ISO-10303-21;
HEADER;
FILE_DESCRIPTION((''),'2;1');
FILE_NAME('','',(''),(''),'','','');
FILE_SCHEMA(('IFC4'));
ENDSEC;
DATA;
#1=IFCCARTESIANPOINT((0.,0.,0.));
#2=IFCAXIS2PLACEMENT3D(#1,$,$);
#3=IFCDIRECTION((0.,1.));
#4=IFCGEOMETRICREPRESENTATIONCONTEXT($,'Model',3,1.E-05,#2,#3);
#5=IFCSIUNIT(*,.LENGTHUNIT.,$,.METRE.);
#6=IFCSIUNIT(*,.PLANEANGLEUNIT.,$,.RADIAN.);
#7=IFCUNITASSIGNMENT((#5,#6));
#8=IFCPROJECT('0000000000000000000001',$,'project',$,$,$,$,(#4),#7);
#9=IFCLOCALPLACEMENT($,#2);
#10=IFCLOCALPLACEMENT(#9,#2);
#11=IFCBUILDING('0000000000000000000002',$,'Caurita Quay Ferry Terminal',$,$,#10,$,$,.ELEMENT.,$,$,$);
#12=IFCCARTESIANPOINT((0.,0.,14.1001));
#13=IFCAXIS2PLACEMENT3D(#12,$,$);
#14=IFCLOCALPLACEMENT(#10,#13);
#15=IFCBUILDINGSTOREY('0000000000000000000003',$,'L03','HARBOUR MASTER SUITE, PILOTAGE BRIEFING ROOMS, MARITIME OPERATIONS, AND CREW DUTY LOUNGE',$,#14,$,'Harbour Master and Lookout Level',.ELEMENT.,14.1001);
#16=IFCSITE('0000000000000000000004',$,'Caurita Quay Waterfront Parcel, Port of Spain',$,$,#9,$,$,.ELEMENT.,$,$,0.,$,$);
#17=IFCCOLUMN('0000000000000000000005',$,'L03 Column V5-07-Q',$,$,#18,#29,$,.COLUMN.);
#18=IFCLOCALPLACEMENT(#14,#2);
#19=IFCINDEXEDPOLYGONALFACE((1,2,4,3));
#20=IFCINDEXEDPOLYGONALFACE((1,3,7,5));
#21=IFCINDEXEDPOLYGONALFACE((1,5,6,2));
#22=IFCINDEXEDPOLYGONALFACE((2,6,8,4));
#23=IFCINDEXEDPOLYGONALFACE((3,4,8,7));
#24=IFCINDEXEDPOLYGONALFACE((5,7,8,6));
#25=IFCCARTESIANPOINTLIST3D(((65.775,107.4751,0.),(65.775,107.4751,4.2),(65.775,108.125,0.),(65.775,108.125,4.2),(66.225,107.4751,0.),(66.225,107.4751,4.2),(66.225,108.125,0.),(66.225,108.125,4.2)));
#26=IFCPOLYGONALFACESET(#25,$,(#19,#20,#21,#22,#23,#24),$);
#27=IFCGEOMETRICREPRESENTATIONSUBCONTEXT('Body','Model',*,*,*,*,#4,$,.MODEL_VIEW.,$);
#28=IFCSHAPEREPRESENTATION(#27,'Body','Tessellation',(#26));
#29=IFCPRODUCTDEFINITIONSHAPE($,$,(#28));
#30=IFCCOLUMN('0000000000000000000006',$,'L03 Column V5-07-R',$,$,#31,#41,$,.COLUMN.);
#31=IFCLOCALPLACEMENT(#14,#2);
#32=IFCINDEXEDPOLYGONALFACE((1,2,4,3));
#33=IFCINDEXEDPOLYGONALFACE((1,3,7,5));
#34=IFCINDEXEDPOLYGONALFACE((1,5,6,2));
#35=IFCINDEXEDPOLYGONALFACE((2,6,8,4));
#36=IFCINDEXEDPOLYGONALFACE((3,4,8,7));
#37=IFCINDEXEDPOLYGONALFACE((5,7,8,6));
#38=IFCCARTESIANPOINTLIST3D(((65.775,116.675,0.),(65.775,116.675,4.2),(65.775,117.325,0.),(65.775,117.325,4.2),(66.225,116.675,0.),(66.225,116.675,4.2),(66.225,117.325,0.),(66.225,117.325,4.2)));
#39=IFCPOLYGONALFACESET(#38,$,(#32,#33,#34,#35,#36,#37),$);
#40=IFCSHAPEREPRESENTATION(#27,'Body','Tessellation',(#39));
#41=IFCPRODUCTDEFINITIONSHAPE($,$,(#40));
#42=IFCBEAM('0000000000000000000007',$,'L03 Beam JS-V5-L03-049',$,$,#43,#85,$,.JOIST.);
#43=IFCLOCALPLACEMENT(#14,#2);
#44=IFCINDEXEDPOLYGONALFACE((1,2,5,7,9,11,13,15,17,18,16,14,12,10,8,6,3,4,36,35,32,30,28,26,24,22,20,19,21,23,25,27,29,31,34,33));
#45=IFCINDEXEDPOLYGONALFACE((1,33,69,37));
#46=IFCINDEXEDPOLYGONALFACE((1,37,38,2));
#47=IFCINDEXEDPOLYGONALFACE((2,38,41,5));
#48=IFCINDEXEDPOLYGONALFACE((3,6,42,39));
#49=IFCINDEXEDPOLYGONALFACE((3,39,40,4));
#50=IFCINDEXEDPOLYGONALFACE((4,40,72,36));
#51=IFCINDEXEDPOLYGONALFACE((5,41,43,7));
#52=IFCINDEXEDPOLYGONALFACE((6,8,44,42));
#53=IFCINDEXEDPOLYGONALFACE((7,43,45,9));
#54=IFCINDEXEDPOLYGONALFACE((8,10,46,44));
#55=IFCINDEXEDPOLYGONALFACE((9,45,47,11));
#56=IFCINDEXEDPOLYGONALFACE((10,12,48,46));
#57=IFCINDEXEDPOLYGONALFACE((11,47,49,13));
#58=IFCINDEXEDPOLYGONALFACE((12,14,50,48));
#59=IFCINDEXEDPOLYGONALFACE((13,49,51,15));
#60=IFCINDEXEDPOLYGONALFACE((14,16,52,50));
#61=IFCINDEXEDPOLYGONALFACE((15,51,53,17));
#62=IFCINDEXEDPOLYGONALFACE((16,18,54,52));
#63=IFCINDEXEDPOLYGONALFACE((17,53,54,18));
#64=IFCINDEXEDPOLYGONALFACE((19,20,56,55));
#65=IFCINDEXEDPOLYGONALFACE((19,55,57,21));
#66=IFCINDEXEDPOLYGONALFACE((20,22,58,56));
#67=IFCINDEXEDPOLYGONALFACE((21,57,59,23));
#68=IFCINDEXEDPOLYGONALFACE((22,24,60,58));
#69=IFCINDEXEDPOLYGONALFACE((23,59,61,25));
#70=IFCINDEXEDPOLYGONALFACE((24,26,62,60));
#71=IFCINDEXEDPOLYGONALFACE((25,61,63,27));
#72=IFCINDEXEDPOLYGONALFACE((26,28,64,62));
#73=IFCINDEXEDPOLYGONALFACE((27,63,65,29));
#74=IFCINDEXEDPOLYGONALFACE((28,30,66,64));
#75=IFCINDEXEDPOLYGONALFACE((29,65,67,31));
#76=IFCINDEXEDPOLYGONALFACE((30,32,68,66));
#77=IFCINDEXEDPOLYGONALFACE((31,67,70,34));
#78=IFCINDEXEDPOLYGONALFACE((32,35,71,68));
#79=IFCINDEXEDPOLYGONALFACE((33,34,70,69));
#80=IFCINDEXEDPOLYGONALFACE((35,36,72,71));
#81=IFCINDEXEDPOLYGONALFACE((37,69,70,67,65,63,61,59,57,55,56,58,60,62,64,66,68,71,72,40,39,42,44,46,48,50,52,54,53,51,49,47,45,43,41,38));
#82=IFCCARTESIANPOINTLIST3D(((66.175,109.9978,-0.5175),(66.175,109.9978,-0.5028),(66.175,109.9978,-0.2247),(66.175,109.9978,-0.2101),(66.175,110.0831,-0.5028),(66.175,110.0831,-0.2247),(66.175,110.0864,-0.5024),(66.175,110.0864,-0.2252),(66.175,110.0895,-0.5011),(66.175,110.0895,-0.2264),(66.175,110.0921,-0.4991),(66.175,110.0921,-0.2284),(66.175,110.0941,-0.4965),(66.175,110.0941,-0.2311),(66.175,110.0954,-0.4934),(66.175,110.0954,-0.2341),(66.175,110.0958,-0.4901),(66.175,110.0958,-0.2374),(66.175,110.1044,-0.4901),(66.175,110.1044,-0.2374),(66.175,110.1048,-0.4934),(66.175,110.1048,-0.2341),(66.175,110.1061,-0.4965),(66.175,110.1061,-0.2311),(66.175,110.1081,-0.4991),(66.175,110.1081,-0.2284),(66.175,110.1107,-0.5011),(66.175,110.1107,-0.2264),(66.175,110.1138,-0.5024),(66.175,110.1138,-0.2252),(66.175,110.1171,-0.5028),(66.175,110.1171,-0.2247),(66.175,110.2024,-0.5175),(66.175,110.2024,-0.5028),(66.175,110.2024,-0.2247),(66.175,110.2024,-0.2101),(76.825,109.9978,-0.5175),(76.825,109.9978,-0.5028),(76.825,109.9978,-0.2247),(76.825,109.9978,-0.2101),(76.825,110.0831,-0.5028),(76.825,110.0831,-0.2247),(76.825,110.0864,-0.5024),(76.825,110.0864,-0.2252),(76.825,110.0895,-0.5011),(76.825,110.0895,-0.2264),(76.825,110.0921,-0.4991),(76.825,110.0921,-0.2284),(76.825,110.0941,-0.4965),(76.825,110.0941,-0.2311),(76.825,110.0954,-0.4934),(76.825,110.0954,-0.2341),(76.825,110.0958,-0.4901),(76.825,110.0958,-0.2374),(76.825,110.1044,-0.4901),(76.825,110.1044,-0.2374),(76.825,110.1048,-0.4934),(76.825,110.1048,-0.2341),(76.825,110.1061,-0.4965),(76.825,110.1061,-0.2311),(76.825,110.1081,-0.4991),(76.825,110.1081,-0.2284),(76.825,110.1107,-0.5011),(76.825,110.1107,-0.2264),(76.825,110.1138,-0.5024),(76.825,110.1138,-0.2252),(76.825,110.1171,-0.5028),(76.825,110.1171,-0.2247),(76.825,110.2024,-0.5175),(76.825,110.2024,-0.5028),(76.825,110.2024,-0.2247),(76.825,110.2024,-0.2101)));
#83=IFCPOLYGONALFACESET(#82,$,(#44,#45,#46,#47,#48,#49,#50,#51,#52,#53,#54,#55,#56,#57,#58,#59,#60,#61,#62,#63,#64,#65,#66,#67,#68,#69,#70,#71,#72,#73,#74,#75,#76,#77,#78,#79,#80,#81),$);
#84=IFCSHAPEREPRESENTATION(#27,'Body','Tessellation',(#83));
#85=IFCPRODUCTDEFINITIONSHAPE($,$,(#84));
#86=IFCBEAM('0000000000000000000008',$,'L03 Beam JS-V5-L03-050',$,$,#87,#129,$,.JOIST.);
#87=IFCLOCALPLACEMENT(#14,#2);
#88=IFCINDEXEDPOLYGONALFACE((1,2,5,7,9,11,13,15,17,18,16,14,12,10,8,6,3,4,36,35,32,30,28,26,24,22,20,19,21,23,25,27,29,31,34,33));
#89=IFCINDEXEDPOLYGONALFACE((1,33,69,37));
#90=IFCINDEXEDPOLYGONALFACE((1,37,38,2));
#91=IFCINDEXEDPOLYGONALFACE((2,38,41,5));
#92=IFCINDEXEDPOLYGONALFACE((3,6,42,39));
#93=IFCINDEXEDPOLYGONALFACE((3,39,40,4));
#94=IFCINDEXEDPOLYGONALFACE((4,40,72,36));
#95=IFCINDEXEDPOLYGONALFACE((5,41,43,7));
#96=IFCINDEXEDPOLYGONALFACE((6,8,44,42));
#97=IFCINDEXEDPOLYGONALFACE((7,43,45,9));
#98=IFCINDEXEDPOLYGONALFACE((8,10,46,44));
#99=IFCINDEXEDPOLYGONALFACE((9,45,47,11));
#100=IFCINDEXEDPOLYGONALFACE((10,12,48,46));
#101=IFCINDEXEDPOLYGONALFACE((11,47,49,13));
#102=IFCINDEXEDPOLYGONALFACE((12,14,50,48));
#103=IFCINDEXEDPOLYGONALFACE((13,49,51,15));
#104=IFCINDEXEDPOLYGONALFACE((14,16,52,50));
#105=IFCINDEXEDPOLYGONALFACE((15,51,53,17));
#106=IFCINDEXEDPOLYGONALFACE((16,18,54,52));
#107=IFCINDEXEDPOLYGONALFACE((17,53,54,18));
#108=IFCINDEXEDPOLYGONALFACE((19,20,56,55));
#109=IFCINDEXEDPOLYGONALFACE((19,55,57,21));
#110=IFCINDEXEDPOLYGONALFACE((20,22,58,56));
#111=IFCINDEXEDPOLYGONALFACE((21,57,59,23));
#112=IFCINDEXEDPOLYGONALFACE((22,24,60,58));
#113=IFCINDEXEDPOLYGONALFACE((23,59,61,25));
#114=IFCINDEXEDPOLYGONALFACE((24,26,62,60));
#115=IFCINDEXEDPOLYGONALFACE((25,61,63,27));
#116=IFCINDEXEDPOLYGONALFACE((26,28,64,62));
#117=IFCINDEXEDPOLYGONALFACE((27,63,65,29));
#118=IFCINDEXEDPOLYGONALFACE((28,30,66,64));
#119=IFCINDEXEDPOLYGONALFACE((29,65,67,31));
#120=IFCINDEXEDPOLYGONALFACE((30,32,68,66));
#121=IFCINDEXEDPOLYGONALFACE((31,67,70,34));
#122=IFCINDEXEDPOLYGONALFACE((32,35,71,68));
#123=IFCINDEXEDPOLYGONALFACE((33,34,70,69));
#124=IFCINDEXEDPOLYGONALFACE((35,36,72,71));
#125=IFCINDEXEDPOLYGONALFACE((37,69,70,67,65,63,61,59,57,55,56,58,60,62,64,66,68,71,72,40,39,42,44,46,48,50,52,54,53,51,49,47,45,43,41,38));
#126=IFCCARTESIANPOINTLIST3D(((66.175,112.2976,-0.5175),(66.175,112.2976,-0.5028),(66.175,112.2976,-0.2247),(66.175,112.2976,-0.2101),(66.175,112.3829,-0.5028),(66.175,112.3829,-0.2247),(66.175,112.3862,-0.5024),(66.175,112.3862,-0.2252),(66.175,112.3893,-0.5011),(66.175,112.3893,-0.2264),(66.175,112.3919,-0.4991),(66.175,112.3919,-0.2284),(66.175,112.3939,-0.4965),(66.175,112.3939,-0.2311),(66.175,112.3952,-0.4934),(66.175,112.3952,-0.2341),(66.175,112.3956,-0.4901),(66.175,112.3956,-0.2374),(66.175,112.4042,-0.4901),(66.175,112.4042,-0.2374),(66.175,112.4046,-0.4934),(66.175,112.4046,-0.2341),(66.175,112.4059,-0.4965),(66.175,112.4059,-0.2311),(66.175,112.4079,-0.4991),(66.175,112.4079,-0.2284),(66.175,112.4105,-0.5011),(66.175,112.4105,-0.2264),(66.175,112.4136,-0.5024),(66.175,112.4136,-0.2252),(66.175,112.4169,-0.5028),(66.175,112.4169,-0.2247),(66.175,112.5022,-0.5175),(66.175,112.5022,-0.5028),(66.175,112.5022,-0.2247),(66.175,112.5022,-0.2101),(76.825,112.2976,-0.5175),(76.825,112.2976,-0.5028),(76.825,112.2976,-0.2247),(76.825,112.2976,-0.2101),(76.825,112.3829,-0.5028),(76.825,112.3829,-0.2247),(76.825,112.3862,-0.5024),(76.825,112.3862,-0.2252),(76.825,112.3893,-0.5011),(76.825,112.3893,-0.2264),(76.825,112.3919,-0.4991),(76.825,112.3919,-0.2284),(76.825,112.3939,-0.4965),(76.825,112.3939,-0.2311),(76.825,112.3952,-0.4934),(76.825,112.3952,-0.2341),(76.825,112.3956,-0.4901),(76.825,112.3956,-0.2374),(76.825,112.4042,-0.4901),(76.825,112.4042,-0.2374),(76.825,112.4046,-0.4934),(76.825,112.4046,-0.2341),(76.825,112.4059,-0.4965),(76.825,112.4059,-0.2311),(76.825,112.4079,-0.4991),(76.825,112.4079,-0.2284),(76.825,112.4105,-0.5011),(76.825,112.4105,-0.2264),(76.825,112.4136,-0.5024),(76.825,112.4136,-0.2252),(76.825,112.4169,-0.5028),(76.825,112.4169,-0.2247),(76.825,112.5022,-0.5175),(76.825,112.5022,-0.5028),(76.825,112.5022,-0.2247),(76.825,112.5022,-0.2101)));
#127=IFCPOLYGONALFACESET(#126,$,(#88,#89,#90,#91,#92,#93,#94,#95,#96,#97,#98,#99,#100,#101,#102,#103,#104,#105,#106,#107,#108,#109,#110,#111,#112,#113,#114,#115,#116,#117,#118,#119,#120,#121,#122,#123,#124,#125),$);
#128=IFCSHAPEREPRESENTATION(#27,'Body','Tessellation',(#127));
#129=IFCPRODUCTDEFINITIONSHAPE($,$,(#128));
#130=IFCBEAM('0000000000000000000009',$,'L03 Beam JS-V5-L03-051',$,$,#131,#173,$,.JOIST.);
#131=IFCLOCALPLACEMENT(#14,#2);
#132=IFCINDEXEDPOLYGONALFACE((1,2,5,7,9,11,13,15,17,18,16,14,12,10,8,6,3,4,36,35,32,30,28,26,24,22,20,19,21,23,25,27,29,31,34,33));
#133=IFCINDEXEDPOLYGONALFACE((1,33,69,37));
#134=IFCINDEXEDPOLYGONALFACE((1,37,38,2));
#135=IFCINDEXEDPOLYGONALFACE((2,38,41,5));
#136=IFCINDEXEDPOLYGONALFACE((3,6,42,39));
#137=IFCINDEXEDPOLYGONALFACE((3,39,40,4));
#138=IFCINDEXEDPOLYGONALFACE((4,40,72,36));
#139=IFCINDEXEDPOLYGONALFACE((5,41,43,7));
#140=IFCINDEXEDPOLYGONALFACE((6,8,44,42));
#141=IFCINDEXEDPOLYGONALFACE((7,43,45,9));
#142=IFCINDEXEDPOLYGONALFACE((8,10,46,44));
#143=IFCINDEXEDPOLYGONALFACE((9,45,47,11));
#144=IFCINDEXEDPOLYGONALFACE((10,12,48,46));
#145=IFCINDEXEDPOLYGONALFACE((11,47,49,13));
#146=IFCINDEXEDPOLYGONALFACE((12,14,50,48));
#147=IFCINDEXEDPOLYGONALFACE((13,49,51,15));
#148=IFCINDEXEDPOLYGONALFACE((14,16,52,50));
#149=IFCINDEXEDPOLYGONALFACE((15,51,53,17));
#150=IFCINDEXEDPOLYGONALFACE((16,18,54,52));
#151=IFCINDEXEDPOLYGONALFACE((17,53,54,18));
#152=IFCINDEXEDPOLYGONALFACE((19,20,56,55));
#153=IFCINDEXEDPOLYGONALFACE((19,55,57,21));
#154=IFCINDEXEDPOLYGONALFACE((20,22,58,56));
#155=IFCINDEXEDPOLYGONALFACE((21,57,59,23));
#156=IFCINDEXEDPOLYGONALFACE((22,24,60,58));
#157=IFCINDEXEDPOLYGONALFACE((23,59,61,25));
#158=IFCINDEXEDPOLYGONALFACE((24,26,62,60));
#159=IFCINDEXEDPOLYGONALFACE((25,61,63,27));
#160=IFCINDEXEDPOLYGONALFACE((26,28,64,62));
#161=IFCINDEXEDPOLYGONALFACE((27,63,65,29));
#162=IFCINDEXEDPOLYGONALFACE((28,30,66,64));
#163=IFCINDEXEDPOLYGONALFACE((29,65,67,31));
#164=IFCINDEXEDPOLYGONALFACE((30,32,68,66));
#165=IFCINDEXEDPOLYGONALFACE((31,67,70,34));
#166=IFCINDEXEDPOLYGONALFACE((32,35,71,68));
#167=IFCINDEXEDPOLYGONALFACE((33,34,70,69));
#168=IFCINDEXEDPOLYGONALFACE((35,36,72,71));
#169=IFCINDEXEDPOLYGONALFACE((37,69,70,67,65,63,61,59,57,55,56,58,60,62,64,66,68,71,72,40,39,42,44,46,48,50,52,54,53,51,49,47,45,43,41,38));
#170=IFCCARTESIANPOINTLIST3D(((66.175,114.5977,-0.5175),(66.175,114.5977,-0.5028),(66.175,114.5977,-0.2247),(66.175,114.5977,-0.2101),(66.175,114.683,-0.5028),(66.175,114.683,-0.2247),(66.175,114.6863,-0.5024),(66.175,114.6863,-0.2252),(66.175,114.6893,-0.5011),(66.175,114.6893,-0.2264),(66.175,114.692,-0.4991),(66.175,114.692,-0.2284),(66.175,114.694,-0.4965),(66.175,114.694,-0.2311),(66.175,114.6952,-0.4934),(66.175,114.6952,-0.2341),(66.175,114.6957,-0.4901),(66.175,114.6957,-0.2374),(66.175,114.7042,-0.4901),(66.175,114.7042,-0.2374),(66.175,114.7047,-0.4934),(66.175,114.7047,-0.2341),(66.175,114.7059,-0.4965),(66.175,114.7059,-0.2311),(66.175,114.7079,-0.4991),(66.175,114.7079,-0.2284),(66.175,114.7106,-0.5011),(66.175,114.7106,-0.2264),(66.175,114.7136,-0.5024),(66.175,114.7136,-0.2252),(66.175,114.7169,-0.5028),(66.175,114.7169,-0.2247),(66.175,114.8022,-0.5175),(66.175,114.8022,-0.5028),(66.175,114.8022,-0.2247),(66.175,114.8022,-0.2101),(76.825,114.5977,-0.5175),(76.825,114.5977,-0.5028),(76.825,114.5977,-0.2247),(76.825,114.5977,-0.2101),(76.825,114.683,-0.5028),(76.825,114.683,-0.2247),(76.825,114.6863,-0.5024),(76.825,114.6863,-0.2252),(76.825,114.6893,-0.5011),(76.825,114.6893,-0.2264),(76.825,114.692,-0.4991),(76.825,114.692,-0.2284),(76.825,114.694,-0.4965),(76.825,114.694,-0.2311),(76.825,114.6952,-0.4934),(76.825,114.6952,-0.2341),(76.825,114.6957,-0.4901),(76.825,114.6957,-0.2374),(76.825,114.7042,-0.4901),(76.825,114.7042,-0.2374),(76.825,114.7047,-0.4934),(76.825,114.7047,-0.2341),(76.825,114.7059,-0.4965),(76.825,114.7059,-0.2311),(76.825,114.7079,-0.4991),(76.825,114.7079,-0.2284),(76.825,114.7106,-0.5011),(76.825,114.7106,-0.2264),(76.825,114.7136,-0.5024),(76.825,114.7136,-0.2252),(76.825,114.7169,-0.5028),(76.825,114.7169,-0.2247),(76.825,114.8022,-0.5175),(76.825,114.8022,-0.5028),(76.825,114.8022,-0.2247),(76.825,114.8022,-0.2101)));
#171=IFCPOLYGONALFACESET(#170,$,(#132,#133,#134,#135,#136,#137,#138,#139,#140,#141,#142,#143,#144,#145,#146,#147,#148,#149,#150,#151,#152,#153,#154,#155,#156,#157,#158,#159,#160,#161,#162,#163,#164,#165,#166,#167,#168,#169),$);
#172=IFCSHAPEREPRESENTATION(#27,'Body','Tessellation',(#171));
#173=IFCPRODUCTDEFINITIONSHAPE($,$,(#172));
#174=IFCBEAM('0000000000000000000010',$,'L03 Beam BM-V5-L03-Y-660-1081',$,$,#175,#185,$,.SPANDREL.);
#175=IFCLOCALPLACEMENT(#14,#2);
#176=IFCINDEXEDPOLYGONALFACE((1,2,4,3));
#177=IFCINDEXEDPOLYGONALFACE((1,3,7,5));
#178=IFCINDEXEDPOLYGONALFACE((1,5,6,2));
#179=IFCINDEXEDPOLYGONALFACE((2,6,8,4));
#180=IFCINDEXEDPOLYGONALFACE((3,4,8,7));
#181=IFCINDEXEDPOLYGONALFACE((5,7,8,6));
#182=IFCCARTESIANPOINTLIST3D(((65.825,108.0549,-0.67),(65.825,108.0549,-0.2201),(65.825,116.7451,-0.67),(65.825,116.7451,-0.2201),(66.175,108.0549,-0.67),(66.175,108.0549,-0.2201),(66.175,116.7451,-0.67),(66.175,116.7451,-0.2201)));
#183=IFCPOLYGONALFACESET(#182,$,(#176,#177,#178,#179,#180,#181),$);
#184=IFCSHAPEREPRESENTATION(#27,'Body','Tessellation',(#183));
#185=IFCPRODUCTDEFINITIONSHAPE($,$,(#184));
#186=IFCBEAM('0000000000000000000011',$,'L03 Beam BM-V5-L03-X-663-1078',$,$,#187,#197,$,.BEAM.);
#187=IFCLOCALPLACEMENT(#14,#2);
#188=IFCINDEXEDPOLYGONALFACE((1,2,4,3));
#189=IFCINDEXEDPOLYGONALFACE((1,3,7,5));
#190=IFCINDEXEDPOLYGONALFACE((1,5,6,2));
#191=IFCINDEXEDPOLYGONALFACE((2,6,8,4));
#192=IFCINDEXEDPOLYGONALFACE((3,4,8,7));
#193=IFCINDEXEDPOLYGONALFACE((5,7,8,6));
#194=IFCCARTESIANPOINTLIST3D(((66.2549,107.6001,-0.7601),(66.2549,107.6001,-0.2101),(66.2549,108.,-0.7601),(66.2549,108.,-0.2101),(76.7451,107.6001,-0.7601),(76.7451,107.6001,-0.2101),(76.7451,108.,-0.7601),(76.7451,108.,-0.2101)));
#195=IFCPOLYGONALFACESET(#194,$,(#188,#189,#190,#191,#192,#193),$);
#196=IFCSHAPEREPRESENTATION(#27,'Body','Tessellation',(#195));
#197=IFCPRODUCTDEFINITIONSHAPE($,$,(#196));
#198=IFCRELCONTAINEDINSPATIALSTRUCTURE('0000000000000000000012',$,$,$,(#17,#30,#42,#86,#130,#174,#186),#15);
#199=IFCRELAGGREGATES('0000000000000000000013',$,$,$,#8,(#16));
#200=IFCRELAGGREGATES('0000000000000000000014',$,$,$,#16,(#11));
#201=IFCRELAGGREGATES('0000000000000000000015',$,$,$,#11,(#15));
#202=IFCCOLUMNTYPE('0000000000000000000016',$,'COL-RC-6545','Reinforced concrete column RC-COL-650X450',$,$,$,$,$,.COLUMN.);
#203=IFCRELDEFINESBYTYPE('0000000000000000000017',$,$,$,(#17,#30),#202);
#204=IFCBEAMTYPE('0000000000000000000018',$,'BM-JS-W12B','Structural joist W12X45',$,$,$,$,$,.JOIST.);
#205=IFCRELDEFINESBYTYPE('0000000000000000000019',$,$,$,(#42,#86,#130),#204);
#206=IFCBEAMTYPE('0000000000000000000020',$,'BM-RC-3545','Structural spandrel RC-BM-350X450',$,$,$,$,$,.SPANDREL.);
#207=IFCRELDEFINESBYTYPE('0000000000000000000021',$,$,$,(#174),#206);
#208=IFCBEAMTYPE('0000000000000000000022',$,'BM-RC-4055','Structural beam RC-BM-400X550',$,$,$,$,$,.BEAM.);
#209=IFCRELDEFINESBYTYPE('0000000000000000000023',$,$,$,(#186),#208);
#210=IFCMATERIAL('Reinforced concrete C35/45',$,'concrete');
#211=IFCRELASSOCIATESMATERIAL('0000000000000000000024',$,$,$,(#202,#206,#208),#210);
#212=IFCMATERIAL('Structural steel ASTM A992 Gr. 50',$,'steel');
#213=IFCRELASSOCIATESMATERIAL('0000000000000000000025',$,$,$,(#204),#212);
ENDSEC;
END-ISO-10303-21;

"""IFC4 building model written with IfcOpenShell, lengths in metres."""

from ifc_helpers import new_model, si_unit, direction, frame, origin, origin_2d, place, context, subcontext, project, spatial, rectangle, i_section, extrude, material, material_profile, profile_set, type_object, element, save


model = new_model("IFC4")

# Units and contexts
model_context = context("Model", 3, precision=1e-05, world=origin(), true_north=direction((0.0, 1.0)))
body_context = subcontext(model_context, "Body", "Model", "MODEL_VIEW")
ifc_project = project(units=[si_unit("LENGTHUNIT", "METRE"), si_unit("PLANEANGLEUNIT", "RADIAN")], contexts=[model_context])

# Site, building, storey
site_placement = place(None, origin())
site = spatial("IfcSite", under=ifc_project, at=site_placement, Name="Caurita Quay Waterfront Parcel, Port of Spain", CompositionType="ELEMENT", RefElevation=0.0)
building_placement = place(site_placement, origin())
building = spatial("IfcBuilding", under=site, at=building_placement, Name="Caurita Quay Ferry Terminal", CompositionType="ELEMENT")
storey_placement = place(building_placement, frame((0.0, 0.0, 14.1001)))
storey = spatial("IfcBuildingStorey", under=building, at=storey_placement, Name="L03", Description="HARBOUR MASTER SUITE, PILOTAGE BRIEFING ROOMS, MARITIME OPERATIONS, AND CREW DUTY LOUNGE", LongName="Harbour Master and Lookout Level", CompositionType="ELEMENT", Elevation=14.1001)

# Columns
ifc_material_1 = material(Name="Reinforced concrete C35/45", Category="concrete")
ifc_material_profile_1 = material_profile(ifc_material_1, rectangle(XDim=0.45, YDim=0.6499, at=origin_2d()), Name="RC-COL-650X450")
ifc_profile_set_1 = profile_set([ifc_material_profile_1], Name="Reinforced concrete C35/45")
column_type = type_object("IfcColumnType", Name="COL-RC-6545", Description="Reinforced concrete column RC-COL-650X450", PredefinedType="COLUMN", material=ifc_profile_set_1)
for number, where, z_axis, x_axis, name in (
    (1, (66.0, 107.8, 0.0), (0.0, 0.0, 1.0), (1.0, 0.0, 0.0), "L03 Column V5-07-Q"),
    (2, (66.0, 117.0, 0.0), (0.0, 0.0, 1.0), (1.0, 0.0, 0.0), "L03 Column V5-07-R"),
):
    element("IfcColumn", number, at=place(storey_placement, frame(where, z_axis=z_axis, x_axis=x_axis)), inside=storey, type_object=column_type, Name=name, PredefinedType="COLUMN", context=body_context, shape_type="SweptSolid", body=[
        extrude(rectangle(XDim=0.45, YDim=0.6499, at=origin_2d()), origin(), (0.0, 0.0, 1.0), 4.2),
    ])

# Beams
ifc_material_2 = material(Name="Structural steel ASTM A992 Gr. 50", Category="steel")
ifc_material_profile_2 = material_profile(ifc_material_2, i_section(OverallWidth=0.2046, OverallDepth=0.3074, WebThickness=0.0085, FlangeThickness=0.0146, FilletRadius=0.0127, at=origin_2d()), Name="W12X45")
ifc_profile_set_2 = profile_set([ifc_material_profile_2], Name="Structural steel ASTM A992 Gr. 50")
beam_type_1 = type_object("IfcBeamType", Name="BM-JS-W12B", Description="Structural joist W12X45", PredefinedType="JOIST", material=ifc_profile_set_2)
for number, where, z_axis, x_axis, name in (
    (3, (66.175, 110.1001, -0.3638), (1.0, 0.0, 0.0), (0.0, 1.0, 0.0), "L03 Beam JS-V5-L03-049"),
    (4, (66.175, 112.3999, -0.3638), (1.0, 0.0, 0.0), (0.0, 1.0, 0.0), "L03 Beam JS-V5-L03-050"),
    (5, (66.175, 114.7, -0.3638), (1.0, 0.0, 0.0), (0.0, 1.0, 0.0), "L03 Beam JS-V5-L03-051"),
):
    element("IfcBeam", number, at=place(storey_placement, frame(where, z_axis=z_axis, x_axis=x_axis)), inside=storey, type_object=beam_type_1, Name=name, PredefinedType="JOIST", context=body_context, shape_type="SweptSolid", body=[
        extrude(i_section(OverallWidth=0.2046, OverallDepth=0.3074, WebThickness=0.0085, FlangeThickness=0.0146, FilletRadius=0.0127, at=origin_2d()), origin(), (0.0, 0.0, 1.0), 10.6499),
    ])
ifc_material_profile_3 = material_profile(ifc_material_1, rectangle(XDim=0.3501, YDim=0.45, at=origin_2d()), Name="RC-BM-350X450")
ifc_profile_set_3 = profile_set([ifc_material_profile_3], Name="Reinforced concrete C35/45")
beam_type_2 = type_object("IfcBeamType", Name="BM-RC-3545", Description="Structural spandrel RC-BM-350X450", PredefinedType="SPANDREL", material=ifc_profile_set_3)
beam_1_placement = place(storey_placement, frame((66.0, 108.0549, -0.4451), z_axis=(0.0, 1.0, 0.0), x_axis=(-1.0, 0.0, 0.0)))
element("IfcBeam", 6, at=beam_1_placement, inside=storey, type_object=beam_type_2, Name="L03 Beam BM-V5-L03-Y-660-1081", PredefinedType="SPANDREL", context=body_context, shape_type="SweptSolid", body=[
    extrude(rectangle(XDim=0.3501, YDim=0.45, at=origin_2d()), origin(), (0.0, 0.0, 1.0), 8.6902),
])
ifc_material_profile_4 = material_profile(ifc_material_1, rectangle(XDim=0.3999, YDim=0.55, at=origin_2d()), Name="RC-BM-400X550")
ifc_profile_set_4 = profile_set([ifc_material_profile_4], Name="Reinforced concrete C35/45")
beam_type_3 = type_object("IfcBeamType", Name="BM-RC-4055", Description="Structural beam RC-BM-400X550", PredefinedType="BEAM", material=ifc_profile_set_4)
for number, where, z_axis, x_axis, name in (
    (7, (66.2549, 107.8, -0.4851), (1.0, 0.0, 0.0), (0.0, 1.0, 0.0), "L03 Beam BM-V5-L03-X-663-1078"),
):
    element("IfcBeam", number, at=place(storey_placement, frame(where, z_axis=z_axis, x_axis=x_axis)), inside=storey, type_object=beam_type_3, Name=name, PredefinedType="BEAM", context=body_context, shape_type="SweptSolid", body=[
        extrude(rectangle(XDim=0.3999, YDim=0.55, at=origin_2d()), origin(), (0.0, 0.0, 1.0), 10.4902),
    ])

save(model, "model.ifc")
